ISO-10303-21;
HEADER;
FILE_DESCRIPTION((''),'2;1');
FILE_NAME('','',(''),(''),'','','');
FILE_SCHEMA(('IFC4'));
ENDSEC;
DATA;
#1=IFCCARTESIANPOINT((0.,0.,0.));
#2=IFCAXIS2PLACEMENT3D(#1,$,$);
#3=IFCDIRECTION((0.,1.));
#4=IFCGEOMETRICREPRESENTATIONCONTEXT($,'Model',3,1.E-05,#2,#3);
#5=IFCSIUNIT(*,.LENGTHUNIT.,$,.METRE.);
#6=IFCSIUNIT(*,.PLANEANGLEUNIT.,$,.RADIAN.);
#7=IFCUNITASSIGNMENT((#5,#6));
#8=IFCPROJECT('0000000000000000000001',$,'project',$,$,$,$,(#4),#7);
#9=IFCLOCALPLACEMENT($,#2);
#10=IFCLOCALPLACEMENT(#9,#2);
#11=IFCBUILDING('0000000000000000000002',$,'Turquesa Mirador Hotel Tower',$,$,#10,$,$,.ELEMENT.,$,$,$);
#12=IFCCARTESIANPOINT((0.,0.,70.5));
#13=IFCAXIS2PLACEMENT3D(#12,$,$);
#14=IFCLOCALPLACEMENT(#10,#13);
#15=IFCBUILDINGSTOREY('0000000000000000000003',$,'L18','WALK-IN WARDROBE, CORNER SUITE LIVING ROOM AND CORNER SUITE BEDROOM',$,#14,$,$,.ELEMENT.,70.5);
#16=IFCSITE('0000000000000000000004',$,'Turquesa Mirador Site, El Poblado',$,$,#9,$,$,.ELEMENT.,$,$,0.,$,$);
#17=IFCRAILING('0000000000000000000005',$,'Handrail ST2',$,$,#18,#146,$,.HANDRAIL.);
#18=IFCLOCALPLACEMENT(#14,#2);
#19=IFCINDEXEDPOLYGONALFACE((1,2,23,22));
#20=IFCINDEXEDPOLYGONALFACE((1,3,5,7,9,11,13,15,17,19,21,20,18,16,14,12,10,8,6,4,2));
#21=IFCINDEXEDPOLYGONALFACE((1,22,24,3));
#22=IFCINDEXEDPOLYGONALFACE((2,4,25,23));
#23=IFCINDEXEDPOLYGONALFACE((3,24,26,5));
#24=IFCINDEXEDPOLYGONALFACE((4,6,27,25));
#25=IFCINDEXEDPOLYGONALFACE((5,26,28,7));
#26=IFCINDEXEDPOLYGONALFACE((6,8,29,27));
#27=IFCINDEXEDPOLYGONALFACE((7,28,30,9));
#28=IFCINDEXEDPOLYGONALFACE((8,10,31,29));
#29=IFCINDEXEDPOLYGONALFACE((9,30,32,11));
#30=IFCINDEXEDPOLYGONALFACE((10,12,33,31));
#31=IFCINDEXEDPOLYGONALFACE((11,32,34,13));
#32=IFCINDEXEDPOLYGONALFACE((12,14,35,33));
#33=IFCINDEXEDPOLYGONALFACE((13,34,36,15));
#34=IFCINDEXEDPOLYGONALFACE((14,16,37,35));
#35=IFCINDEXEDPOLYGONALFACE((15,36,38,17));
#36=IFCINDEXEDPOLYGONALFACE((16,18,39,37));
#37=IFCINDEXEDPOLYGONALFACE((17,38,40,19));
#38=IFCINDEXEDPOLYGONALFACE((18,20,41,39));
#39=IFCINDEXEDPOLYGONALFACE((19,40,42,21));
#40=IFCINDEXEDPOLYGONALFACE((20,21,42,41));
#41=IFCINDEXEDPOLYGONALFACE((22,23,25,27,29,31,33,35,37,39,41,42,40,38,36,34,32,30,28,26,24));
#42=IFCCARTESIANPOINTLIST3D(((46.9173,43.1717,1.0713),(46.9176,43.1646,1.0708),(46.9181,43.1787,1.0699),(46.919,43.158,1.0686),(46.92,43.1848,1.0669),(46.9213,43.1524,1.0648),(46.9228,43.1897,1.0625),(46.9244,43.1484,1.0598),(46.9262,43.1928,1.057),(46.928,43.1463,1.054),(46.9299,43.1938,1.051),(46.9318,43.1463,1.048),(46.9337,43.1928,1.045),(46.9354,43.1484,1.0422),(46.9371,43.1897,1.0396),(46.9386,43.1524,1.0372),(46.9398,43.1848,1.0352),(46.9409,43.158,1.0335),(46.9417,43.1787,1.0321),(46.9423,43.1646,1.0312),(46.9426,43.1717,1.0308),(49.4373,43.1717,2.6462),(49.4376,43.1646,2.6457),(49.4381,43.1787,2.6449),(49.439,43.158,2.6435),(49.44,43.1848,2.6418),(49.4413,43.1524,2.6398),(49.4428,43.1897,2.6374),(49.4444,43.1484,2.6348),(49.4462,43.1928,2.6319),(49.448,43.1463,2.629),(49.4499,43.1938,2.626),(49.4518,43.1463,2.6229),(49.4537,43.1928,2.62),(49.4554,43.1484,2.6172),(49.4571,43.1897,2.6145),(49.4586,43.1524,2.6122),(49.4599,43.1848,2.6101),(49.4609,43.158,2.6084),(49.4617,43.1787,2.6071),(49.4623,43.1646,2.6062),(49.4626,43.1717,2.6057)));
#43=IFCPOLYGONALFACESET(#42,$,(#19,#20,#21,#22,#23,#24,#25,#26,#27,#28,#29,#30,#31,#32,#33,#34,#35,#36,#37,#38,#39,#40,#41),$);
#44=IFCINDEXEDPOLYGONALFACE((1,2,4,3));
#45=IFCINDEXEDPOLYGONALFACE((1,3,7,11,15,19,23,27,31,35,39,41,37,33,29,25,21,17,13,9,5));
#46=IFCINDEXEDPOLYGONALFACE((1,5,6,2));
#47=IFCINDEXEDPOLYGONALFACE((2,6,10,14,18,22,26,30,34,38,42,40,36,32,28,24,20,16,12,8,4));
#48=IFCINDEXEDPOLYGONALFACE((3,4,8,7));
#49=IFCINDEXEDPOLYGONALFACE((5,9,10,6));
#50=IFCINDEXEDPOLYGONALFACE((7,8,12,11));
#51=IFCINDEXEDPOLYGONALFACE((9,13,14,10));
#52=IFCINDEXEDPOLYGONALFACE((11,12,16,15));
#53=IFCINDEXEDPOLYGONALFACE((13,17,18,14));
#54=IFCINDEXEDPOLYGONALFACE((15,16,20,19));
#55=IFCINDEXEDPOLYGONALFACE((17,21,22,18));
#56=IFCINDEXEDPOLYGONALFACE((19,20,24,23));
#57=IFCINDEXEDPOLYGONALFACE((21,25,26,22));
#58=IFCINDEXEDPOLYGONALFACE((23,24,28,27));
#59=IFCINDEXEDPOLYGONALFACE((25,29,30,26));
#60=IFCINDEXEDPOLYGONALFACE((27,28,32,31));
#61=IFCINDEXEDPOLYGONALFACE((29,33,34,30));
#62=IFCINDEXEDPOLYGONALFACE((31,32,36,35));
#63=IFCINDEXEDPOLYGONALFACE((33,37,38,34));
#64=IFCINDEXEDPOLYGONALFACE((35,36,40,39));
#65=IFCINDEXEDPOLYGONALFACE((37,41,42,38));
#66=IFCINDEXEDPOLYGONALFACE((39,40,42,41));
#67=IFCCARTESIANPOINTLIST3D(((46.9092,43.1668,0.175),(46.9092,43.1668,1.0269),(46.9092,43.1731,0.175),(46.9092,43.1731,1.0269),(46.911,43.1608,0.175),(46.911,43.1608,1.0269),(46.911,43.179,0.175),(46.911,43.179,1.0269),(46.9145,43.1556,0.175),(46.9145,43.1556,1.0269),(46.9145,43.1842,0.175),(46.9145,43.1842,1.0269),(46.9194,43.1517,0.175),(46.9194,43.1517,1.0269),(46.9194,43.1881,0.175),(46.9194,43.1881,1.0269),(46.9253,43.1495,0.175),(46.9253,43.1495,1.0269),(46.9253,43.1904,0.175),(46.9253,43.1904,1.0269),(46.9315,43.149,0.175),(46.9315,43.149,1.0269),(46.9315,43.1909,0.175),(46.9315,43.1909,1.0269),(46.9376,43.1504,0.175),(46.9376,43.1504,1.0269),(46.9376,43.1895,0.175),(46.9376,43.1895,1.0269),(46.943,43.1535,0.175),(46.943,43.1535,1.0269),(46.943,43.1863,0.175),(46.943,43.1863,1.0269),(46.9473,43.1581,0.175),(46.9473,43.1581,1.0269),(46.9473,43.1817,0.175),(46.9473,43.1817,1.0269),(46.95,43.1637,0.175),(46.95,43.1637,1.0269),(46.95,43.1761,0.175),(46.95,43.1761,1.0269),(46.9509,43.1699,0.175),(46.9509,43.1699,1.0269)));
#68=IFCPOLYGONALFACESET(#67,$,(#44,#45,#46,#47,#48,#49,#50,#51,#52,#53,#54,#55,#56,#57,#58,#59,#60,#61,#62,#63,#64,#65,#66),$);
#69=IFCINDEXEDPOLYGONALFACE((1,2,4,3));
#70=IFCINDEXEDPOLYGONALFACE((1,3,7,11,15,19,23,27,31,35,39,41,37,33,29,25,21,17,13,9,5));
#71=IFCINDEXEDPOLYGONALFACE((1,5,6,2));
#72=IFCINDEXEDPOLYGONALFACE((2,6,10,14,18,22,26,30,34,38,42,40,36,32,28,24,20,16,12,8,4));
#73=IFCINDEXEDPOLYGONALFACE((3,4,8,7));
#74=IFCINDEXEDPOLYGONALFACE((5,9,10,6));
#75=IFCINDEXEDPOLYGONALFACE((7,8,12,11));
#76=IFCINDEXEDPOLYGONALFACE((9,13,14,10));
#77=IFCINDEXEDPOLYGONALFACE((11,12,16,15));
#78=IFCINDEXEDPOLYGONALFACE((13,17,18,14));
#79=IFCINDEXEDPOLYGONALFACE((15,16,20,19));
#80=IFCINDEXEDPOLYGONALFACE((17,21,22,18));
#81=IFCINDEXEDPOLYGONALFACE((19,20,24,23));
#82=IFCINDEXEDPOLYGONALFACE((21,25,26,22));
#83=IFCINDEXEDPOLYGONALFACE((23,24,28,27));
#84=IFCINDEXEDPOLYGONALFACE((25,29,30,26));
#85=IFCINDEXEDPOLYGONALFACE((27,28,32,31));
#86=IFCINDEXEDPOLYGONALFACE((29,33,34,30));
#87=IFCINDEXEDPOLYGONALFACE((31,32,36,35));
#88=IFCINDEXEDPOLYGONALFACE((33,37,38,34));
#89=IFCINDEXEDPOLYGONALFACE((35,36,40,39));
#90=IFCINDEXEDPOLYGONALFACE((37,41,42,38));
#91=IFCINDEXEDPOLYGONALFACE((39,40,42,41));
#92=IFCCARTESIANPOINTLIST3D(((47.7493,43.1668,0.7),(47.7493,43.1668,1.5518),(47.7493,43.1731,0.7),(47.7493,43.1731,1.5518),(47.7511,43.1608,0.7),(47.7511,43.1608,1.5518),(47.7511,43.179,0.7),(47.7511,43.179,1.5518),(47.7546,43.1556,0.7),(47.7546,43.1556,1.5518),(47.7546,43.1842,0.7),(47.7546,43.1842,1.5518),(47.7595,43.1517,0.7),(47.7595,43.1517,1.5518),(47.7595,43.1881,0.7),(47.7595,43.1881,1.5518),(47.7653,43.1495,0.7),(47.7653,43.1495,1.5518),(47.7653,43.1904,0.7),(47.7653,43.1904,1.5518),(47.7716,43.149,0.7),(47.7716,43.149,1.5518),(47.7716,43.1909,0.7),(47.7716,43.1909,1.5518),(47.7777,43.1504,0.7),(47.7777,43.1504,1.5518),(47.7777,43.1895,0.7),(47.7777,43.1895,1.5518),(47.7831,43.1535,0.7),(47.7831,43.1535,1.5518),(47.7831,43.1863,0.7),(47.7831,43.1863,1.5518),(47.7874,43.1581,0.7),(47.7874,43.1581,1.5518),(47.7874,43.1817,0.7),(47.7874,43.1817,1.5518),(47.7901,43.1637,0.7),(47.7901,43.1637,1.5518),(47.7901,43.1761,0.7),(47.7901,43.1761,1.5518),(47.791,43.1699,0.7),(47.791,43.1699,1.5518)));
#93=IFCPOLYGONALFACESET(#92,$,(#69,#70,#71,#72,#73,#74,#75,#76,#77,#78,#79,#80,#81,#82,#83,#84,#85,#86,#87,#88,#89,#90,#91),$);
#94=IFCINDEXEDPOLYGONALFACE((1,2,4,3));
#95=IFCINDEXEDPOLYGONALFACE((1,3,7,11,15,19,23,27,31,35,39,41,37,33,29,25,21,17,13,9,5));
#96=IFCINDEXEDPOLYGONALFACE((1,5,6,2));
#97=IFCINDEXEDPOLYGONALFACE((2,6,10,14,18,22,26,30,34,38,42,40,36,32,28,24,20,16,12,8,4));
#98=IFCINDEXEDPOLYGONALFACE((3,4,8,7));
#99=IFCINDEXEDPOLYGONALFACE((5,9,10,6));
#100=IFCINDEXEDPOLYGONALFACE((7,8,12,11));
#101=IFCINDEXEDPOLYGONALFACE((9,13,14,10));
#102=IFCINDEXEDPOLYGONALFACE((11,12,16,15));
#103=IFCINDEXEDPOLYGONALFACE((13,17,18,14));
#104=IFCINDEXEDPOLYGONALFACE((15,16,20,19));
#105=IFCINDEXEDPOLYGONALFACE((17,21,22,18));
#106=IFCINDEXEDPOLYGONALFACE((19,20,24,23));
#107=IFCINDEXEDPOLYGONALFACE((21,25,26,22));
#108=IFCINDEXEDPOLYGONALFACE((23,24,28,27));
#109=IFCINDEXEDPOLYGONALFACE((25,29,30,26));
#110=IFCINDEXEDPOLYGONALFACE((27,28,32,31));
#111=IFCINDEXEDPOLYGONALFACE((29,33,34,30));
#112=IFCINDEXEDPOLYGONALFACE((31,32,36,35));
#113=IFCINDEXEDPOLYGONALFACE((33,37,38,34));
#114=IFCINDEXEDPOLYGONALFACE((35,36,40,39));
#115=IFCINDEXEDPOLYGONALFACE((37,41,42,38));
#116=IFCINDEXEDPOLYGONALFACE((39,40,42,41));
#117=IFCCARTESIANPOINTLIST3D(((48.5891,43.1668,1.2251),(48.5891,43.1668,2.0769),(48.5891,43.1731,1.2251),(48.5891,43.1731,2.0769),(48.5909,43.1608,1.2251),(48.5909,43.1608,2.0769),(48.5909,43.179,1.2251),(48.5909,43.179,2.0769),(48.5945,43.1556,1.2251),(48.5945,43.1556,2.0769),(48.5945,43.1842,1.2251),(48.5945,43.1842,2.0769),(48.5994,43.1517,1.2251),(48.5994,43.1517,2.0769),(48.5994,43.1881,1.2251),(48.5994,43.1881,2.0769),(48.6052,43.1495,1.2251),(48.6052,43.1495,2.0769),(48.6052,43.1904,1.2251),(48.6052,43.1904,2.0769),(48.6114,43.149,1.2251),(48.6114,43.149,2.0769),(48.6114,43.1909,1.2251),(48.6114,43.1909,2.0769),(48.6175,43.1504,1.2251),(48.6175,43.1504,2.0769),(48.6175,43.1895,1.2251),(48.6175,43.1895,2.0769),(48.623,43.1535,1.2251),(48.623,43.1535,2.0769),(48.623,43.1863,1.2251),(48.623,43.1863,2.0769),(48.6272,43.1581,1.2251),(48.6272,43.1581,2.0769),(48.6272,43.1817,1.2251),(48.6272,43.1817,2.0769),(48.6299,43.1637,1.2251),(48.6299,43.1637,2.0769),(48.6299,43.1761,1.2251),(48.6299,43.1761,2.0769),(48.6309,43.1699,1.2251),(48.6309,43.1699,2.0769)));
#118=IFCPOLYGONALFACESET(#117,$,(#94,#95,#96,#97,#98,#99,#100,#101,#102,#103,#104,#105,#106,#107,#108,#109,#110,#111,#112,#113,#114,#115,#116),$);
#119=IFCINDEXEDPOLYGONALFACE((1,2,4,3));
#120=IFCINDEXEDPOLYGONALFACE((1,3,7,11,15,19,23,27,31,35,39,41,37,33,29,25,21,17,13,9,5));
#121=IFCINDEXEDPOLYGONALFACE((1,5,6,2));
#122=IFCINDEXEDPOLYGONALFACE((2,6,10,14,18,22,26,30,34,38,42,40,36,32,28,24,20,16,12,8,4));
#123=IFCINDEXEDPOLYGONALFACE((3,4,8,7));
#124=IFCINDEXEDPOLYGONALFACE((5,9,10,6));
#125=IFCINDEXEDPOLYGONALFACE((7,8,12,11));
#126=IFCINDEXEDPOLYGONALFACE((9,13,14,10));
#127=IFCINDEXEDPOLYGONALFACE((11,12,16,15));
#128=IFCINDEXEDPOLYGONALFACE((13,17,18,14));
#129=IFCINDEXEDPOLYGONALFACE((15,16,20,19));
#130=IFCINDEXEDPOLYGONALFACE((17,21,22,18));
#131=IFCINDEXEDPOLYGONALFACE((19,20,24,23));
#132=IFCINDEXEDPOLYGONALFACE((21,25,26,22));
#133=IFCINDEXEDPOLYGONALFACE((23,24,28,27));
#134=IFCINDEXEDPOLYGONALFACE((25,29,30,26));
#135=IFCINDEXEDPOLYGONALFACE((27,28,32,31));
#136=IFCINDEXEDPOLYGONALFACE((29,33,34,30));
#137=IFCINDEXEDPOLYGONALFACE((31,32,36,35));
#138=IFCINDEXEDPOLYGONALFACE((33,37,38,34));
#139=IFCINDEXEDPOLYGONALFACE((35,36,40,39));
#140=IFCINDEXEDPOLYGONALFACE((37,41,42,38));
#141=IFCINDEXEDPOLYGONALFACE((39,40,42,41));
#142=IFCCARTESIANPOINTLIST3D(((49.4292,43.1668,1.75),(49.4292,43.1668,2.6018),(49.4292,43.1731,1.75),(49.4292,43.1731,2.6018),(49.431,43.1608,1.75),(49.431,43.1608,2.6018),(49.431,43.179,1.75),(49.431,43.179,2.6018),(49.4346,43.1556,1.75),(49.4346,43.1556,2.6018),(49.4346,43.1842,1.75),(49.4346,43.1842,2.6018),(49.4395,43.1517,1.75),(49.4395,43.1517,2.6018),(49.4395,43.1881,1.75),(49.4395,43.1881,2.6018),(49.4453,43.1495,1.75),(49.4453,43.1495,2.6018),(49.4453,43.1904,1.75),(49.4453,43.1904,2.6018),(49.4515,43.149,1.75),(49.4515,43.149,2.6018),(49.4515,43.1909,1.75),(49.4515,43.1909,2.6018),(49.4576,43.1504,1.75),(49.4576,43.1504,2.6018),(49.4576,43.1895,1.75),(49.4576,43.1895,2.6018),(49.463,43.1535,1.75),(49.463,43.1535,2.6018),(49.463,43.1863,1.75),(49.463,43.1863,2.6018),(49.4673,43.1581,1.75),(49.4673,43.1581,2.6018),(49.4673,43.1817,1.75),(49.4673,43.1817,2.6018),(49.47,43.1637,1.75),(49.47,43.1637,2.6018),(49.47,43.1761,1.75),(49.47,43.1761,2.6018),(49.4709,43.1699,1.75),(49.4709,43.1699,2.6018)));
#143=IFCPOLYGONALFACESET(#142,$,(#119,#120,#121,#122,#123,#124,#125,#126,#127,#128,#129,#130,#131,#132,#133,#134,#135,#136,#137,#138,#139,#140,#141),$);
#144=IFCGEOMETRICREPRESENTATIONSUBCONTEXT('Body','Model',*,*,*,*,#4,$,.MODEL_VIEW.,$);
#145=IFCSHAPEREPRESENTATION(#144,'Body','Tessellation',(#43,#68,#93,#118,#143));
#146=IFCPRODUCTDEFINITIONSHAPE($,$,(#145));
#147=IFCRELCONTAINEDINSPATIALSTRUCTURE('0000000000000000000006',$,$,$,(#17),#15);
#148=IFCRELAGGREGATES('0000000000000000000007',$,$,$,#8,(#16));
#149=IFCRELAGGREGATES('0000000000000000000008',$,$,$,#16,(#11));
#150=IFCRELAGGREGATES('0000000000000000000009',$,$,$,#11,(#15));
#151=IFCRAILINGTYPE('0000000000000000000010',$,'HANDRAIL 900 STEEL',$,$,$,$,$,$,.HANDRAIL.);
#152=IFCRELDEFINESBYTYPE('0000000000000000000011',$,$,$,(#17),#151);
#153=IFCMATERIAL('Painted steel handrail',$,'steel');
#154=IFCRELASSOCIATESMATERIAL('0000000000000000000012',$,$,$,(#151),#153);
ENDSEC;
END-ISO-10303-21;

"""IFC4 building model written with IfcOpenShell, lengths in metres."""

from ifc_helpers import new_model, si_unit, direction, frame, origin, origin_2d, place, context, subcontext, project, spatial, circle, extrude, material, type_object, element, save


model = new_model("IFC4")

# Units and contexts
model_context = context("Model", 3, precision=1e-05, world=origin(), true_north=direction((0.0, 1.0)))
body_context = subcontext(model_context, "Body", "Model", "MODEL_VIEW")
ifc_project = project(units=[si_unit("LENGTHUNIT", "METRE"), si_unit("PLANEANGLEUNIT", "RADIAN")], contexts=[model_context])

# Site, building, storey
site_placement = place(None, origin())
site = spatial("IfcSite", under=ifc_project, at=site_placement, Name="Turquesa Mirador Site, El Poblado", CompositionType="ELEMENT", RefElevation=0.0)
building_placement = place(site_placement, origin())
building = spatial("IfcBuilding", under=site, at=building_placement, Name="Turquesa Mirador Hotel Tower", CompositionType="ELEMENT")
storey_placement = place(building_placement, frame((0.0, 0.0, 70.5)))
storey = spatial("IfcBuildingStorey", under=building, at=storey_placement, Name="L18", Description="WALK-IN WARDROBE, CORNER SUITE LIVING ROOM AND CORNER SUITE BEDROOM", CompositionType="ELEMENT", Elevation=70.5)

# Railing
ifc_material_1 = material(Name="Painted steel handrail", Category="steel")
railing_type = type_object("IfcRailingType", Name="HANDRAIL 900 STEEL", PredefinedType="HANDRAIL", material=ifc_material_1)
for number, where, name in (
    (1, (46.9299, 43.1699, 0.175), "Handrail ST2"),
):
    element("IfcRailing", number, at=place(storey_placement, frame(where)), inside=storey, type_object=railing_type, Name=name, PredefinedType="HANDRAIL", context=body_context, shape_type="SweptSolid", body=[
        extrude(circle(Radius=0.0239, at=origin_2d()), frame((0.0, 0.0, 0.876), z_axis=(0.848008, 0.0, 0.529984), x_axis=(0.0, 1.0, 0.0)), (0.0, 0.0, 1.0), 2.9717),
        extrude(circle(Radius=0.021, at=origin_2d()), origin(), (0.0, 0.0, 1.0), 0.8518),
        extrude(circle(Radius=0.021, at=origin_2d()), frame((0.8401, 0.0, 0.5249)), (0.0, 0.0, 1.0), 0.8518),
        extrude(circle(Radius=0.021, at=origin_2d()), frame((1.6799, 0.0, 1.05)), (0.0, 0.0, 1.0), 0.8518),
        extrude(circle(Radius=0.021, at=origin_2d()), frame((2.52, 0.0, 1.575)), (0.0, 0.0, 1.0), 0.8518),
    ])

save(model, "model.ifc")
